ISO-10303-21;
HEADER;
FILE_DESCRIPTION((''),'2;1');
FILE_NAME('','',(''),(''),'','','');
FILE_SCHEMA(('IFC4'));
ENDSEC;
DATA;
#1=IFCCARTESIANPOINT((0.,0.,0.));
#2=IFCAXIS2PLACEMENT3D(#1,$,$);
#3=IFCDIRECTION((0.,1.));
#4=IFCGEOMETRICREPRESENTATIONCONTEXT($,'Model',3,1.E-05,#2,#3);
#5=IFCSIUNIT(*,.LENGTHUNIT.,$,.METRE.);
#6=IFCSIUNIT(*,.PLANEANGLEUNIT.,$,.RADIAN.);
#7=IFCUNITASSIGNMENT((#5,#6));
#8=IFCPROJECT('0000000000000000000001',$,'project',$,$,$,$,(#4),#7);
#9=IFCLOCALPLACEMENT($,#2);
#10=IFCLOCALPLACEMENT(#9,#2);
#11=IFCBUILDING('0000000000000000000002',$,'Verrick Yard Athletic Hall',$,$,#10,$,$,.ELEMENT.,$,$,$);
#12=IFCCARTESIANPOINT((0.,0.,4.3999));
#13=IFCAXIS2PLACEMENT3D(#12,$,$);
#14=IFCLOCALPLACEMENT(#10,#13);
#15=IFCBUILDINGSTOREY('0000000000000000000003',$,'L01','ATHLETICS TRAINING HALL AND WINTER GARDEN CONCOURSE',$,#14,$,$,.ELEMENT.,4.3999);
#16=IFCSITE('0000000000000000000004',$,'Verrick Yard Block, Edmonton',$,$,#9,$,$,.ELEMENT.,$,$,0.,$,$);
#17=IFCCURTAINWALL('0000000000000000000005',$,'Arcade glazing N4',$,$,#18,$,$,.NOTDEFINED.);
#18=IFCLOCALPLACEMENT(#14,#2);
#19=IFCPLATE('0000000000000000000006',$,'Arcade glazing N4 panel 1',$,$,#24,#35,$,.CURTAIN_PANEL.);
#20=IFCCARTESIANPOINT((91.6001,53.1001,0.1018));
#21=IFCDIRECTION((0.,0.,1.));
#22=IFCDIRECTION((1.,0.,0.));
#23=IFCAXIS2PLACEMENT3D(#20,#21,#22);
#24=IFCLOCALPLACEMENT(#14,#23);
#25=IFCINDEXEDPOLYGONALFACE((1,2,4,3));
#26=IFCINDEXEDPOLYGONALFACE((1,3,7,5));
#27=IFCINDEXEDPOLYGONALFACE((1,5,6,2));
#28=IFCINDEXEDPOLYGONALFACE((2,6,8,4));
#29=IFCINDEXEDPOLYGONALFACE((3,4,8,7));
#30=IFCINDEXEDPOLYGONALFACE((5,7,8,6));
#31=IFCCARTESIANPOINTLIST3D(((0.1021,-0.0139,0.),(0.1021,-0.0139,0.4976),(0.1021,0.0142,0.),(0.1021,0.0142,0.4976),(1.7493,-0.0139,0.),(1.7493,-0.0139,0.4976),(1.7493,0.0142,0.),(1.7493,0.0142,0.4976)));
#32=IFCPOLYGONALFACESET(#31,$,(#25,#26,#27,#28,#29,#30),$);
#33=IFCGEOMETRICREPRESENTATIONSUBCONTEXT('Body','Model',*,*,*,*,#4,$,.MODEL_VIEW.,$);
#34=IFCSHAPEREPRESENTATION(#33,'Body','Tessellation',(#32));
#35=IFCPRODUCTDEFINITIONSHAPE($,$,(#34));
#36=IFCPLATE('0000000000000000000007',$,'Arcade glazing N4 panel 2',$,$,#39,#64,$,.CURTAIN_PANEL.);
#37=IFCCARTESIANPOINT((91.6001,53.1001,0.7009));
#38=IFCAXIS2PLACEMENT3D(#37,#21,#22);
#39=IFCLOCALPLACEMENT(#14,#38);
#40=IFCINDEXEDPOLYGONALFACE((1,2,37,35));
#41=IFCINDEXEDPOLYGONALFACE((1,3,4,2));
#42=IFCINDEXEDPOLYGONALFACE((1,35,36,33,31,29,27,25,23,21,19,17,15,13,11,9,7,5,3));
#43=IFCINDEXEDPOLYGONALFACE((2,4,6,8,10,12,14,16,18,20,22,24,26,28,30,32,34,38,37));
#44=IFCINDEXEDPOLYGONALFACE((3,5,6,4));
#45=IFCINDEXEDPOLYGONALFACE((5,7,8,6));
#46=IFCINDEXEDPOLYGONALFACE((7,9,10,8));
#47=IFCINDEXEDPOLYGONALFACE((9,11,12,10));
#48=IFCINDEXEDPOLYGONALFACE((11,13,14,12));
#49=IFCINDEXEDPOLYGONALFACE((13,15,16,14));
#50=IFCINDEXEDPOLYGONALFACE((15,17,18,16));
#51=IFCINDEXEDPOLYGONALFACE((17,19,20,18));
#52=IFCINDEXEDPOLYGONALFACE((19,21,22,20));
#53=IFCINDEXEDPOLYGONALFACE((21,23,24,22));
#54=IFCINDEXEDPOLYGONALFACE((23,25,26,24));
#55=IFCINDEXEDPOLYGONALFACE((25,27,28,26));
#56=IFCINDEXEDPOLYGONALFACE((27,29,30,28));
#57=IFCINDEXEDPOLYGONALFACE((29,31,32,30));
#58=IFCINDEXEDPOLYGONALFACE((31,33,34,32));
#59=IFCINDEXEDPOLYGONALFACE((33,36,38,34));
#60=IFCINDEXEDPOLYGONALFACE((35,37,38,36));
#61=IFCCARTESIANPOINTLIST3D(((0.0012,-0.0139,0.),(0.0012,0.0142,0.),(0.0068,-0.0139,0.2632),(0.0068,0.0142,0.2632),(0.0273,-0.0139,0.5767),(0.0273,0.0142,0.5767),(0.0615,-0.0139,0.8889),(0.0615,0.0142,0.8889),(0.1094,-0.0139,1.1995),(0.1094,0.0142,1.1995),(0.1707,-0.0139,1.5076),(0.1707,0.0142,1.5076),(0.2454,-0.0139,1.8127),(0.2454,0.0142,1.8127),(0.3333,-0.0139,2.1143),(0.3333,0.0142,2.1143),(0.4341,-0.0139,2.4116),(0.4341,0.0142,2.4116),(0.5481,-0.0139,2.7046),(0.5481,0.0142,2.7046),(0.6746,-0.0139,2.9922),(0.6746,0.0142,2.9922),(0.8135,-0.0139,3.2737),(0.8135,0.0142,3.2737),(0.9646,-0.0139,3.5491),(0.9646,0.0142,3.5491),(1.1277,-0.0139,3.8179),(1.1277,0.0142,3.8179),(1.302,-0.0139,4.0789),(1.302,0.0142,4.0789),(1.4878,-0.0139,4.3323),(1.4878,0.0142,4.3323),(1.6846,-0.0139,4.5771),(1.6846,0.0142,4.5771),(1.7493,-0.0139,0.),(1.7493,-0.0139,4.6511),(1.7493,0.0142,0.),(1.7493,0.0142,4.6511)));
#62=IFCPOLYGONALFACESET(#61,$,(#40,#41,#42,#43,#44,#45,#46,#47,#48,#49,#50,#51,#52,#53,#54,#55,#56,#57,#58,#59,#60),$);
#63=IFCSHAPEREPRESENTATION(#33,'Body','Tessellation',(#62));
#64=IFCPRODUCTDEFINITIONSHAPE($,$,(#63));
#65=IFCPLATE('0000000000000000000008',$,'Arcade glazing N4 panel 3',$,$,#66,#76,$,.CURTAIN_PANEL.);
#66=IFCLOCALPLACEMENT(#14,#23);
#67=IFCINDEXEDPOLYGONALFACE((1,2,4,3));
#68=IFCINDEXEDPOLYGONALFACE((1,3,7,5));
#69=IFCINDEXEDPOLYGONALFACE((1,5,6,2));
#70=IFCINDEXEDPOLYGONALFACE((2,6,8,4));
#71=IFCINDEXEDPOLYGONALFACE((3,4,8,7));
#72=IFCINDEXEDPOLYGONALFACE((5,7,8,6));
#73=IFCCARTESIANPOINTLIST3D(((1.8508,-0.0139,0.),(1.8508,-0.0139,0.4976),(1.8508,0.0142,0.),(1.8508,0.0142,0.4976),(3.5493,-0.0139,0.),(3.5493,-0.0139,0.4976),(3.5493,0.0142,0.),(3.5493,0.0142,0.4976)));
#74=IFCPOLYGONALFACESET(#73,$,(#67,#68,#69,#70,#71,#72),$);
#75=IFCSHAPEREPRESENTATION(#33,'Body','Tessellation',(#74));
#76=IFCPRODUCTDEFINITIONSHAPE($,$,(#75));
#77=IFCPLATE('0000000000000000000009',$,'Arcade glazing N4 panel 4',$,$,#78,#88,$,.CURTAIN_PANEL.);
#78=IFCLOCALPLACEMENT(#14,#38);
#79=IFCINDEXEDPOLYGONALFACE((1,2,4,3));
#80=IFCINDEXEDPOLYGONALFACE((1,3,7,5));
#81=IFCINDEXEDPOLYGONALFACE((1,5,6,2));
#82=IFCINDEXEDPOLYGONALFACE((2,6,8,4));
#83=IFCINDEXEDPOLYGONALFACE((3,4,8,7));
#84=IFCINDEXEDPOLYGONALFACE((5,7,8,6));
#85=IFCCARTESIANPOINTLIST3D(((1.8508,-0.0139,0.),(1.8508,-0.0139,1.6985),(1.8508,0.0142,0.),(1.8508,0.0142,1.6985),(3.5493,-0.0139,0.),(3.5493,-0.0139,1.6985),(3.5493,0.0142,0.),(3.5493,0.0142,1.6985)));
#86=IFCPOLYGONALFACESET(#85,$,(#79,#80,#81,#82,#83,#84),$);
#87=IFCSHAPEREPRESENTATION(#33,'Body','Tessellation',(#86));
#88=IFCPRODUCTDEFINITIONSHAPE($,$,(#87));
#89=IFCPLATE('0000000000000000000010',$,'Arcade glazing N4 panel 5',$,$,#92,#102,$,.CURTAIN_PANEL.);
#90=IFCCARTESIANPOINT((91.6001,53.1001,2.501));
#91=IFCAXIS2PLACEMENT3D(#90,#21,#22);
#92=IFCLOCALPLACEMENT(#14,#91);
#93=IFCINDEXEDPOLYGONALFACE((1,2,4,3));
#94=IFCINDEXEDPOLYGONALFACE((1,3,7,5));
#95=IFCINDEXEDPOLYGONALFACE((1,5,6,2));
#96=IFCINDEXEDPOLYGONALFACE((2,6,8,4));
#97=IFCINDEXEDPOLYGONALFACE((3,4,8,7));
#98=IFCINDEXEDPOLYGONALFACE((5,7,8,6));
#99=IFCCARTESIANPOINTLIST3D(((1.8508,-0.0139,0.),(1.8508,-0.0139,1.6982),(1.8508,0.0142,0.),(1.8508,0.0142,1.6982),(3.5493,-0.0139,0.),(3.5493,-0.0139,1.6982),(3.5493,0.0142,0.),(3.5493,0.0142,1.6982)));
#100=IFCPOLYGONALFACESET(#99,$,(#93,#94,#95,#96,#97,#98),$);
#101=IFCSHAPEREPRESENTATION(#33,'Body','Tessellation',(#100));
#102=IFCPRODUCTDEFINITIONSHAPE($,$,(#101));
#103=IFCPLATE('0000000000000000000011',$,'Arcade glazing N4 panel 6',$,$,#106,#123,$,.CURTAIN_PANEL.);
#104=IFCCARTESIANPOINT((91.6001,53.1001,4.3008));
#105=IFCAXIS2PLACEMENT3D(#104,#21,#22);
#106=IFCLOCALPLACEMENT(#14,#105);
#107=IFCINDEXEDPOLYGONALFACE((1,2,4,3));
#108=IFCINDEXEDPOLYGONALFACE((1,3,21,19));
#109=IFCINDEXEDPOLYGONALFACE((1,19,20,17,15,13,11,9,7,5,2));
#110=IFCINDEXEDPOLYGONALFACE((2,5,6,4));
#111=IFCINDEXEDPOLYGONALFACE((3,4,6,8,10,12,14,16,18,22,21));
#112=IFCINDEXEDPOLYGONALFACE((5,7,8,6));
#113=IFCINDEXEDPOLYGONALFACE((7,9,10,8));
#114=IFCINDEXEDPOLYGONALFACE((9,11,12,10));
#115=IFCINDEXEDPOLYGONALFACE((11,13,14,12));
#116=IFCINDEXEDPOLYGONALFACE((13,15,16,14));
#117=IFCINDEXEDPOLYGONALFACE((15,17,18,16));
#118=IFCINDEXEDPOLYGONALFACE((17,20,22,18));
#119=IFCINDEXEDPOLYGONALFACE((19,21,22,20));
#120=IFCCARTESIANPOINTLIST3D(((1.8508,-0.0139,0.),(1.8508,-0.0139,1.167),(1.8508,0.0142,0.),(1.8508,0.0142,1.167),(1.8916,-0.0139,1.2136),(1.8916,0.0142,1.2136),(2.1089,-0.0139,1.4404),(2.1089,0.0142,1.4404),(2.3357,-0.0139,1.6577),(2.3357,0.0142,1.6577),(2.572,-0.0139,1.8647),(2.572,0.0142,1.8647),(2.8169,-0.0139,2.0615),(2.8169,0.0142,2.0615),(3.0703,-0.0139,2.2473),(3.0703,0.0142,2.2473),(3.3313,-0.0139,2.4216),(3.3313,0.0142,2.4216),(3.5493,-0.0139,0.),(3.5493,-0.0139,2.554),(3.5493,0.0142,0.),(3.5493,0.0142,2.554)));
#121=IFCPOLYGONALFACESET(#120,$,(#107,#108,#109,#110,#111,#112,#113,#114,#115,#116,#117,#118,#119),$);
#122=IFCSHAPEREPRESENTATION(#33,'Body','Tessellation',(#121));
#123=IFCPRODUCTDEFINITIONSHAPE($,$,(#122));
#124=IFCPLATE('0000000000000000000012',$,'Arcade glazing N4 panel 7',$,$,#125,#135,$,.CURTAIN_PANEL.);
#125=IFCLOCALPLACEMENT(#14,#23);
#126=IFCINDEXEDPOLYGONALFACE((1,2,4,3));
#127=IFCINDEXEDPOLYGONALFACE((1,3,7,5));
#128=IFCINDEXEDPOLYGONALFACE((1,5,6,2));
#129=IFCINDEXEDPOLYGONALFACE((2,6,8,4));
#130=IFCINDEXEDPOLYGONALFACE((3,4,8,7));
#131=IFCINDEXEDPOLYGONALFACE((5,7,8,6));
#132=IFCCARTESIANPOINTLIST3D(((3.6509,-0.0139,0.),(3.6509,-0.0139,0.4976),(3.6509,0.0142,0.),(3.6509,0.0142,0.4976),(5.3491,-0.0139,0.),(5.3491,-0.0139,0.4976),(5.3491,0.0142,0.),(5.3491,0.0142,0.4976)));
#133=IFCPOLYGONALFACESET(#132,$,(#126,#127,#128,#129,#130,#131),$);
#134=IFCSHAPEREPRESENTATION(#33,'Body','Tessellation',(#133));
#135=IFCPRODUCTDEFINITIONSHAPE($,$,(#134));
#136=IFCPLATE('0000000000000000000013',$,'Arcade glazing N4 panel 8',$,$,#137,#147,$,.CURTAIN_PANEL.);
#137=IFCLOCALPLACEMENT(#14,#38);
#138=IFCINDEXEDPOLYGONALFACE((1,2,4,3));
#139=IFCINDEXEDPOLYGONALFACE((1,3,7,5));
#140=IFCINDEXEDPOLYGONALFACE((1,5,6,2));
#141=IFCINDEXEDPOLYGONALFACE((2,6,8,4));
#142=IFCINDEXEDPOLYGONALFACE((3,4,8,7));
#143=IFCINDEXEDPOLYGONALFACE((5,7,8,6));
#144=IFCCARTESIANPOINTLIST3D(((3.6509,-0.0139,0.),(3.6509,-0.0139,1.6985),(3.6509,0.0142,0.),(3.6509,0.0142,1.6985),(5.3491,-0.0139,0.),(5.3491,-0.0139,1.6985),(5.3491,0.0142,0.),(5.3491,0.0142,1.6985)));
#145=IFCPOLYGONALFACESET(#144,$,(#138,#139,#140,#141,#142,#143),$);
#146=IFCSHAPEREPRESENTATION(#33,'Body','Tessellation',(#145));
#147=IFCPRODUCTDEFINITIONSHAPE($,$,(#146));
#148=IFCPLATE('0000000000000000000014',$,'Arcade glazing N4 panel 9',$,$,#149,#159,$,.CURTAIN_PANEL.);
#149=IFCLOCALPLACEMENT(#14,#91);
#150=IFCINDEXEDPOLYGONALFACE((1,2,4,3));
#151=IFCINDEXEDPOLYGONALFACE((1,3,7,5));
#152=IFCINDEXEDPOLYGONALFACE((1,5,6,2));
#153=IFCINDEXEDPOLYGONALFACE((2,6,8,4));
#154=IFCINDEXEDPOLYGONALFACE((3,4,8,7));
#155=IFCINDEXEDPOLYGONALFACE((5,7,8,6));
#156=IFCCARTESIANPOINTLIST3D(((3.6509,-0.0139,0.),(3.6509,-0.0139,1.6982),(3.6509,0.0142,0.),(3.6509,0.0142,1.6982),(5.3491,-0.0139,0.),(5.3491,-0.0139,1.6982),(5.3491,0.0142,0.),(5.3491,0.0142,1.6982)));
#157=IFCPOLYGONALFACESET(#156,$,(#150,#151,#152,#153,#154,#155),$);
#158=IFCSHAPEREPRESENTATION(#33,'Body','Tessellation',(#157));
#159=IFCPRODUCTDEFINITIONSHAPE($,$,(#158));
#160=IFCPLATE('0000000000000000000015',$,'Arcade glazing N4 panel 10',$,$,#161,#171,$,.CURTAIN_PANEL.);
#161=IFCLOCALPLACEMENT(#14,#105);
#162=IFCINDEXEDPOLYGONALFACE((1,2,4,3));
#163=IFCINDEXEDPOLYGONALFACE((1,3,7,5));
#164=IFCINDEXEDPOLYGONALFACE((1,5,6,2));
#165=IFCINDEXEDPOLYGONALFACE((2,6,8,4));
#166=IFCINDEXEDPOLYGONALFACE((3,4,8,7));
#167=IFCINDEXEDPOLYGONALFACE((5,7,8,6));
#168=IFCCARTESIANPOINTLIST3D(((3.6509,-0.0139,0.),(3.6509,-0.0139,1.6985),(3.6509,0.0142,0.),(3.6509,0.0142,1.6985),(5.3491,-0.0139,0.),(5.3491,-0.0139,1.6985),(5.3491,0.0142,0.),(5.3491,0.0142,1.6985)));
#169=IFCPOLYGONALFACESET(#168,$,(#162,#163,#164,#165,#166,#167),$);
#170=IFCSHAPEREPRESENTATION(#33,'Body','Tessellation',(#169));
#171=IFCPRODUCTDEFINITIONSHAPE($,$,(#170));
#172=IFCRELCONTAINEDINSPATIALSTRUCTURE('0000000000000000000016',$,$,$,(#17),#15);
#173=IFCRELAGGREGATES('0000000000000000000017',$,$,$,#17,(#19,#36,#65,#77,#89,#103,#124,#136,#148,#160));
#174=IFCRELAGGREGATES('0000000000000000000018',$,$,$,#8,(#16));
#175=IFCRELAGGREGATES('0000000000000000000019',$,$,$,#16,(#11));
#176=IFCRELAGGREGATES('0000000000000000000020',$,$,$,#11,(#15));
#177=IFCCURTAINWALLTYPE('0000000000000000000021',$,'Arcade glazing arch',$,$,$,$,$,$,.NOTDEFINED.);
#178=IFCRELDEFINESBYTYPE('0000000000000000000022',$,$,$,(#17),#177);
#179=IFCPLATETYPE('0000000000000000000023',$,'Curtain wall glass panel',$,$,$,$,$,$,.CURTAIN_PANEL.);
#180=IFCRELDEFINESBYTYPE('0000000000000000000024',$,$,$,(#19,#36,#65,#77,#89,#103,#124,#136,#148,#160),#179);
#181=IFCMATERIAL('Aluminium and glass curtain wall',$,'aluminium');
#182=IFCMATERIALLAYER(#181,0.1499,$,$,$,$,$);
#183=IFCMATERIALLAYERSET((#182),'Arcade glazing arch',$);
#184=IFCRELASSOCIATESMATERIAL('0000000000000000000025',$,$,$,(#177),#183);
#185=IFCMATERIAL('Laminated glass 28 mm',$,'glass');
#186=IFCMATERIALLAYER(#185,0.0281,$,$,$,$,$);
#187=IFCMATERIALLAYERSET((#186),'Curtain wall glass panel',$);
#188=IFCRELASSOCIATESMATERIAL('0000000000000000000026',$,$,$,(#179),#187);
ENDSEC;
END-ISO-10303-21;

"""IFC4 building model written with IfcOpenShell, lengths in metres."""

from ifc_helpers import new_model, si_unit, direction, frame, origin, place, context, subcontext, project, spatial, polyline, outline, extrude, material, layer, layer_set, type_object, element, aggregate, save


model = new_model("IFC4")

# Units and contexts
model_context = context("Model", 3, precision=1e-05, world=origin(), true_north=direction((0.0, 1.0)))
body_context = subcontext(model_context, "Body", "Model", "MODEL_VIEW")
ifc_project = project(units=[si_unit("LENGTHUNIT", "METRE"), si_unit("PLANEANGLEUNIT", "RADIAN")], contexts=[model_context])

# Site, building, storey
site_placement = place(None, origin())
site = spatial("IfcSite", under=ifc_project, at=site_placement, Name="Verrick Yard Block, Edmonton", CompositionType="ELEMENT", RefElevation=0.0)
building_placement = place(site_placement, origin())
building = spatial("IfcBuilding", under=site, at=building_placement, Name="Verrick Yard Athletic Hall", CompositionType="ELEMENT")
storey_placement = place(building_placement, frame((0.0, 0.0, 4.3999)))
storey = spatial("IfcBuildingStorey", under=building, at=storey_placement, Name="L01", Description="ATHLETICS TRAINING HALL AND WINTER GARDEN CONCOURSE", CompositionType="ELEMENT", Elevation=4.3999)

# Curtain wall, plates
ifc_material_1 = material(Name="Aluminium and glass curtain wall", Category="aluminium")
ifc_layer_1 = layer(ifc_material_1, 0.1499)
ifc_layer_set_1 = layer_set([ifc_layer_1], Name="Arcade glazing arch")
curtain_wall_type = type_object("IfcCurtainWallType", Name="Arcade glazing arch", PredefinedType="NOTDEFINED", material=ifc_layer_set_1)
curtain_wall_placement = place(storey_placement, origin())
curtain_wall = element("IfcCurtainWall", 1, at=curtain_wall_placement, inside=storey, type_object=curtain_wall_type, Name="Arcade glazing N4", PredefinedType="NOTDEFINED")
ifc_material_2 = material(Name="Laminated glass 28 mm", Category="glass")
ifc_layer_2 = layer(ifc_material_2, 0.0281)
ifc_layer_set_2 = layer_set([ifc_layer_2], Name="Curtain wall glass panel")
plate_type = type_object("IfcPlateType", Name="Curtain wall glass panel", PredefinedType="CURTAIN_PANEL", material=ifc_layer_set_2)
plate_1_placement = place(storey_placement, frame((91.6001, 53.1001, 0.1018), z_axis=(0.0, 0.0, 1.0), x_axis=(1.0, 0.0, 0.0)))
plate_1 = element("IfcPlate", 2, at=plate_1_placement, type_object=plate_type, Name="Arcade glazing N4 panel 1", PredefinedType="CURTAIN_PANEL", context=body_context, shape_type="SweptSolid", body=[
    extrude(outline(polyline([(1.7493, 0.0), (1.7493, 0.4976), (0.1021, 0.4976), (0.1021, 0.0), (1.7493, 0.0)])), frame((0.0, 0.0142, 0.0), z_axis=(0.0, -1.0, 0.0), x_axis=(1.0, 0.0, 0.0)), (0.0, 0.0, 1.0), 0.0281),
])
plate_2_placement = place(storey_placement, frame((91.6001, 53.1001, 0.7009), z_axis=(0.0, 0.0, 1.0), x_axis=(1.0, 0.0, 0.0)))
plate_2 = element("IfcPlate", 3, at=plate_2_placement, type_object=plate_type, Name="Arcade glazing N4 panel 2", PredefinedType="CURTAIN_PANEL", context=body_context, shape_type="SweptSolid", body=[
    extrude(outline(polyline([(1.7493, 4.6511), (1.6846, 4.5771), (1.4878, 4.3323), (1.302, 4.0789), (1.1277, 3.8179), (0.9646, 3.5491), (0.8135, 3.2737), (0.6746, 2.9922), (0.5481, 2.7046), (0.4341, 2.4116), (0.3333, 2.1143), (0.2454, 1.8127), (0.1707, 1.5076), (0.1094, 1.1995), (0.0615, 0.8889), (0.0273, 0.5767), (0.0068, 0.2632), (0.0012, 0.0), (1.7493, 0.0), (1.7493, 4.6511)])), frame((0.0, 0.0142, 0.0), z_axis=(0.0, -1.0, 0.0), x_axis=(1.0, 0.0, 0.0)), (0.0, 0.0, 1.0), 0.0281),
])
plate_3_placement = place(storey_placement, frame((91.6001, 53.1001, 0.1018), z_axis=(0.0, 0.0, 1.0), x_axis=(1.0, 0.0, 0.0)))
plate_3 = element("IfcPlate", 4, at=plate_3_placement, type_object=plate_type, Name="Arcade glazing N4 panel 3", PredefinedType="CURTAIN_PANEL", context=body_context, shape_type="SweptSolid", body=[
    extrude(outline(polyline([(3.5493, 0.0), (3.5493, 0.4976), (1.8508, 0.4976), (1.8508, 0.0), (3.5493, 0.0)])), frame((0.0, 0.0142, 0.0), z_axis=(0.0, -1.0, 0.0), x_axis=(1.0, 0.0, 0.0)), (0.0, 0.0, 1.0), 0.0281),
])
plate_4_placement = place(storey_placement, frame((91.6001, 53.1001, 0.7009), z_axis=(0.0, 0.0, 1.0), x_axis=(1.0, 0.0, 0.0)))
plate_4 = element("IfcPlate", 5, at=plate_4_placement, type_object=plate_type, Name="Arcade glazing N4 panel 4", PredefinedType="CURTAIN_PANEL", context=body_context, shape_type="SweptSolid", body=[
    extrude(outline(polyline([(3.5493, 0.0), (3.5493, 1.6985), (1.8508, 1.6985), (1.8508, 0.0), (3.5493, 0.0)])), frame((0.0, 0.0142, 0.0), z_axis=(0.0, -1.0, 0.0), x_axis=(1.0, 0.0, 0.0)), (0.0, 0.0, 1.0), 0.0281),
])
plate_5_placement = place(storey_placement, frame((91.6001, 53.1001, 2.501), z_axis=(0.0, 0.0, 1.0), x_axis=(1.0, 0.0, 0.0)))
plate_5 = element("IfcPlate", 6, at=plate_5_placement, type_object=plate_type, Name="Arcade glazing N4 panel 5", PredefinedType="CURTAIN_PANEL", context=body_context, shape_type="SweptSolid", body=[
    extrude(outline(polyline([(3.5493, 0.0), (3.5493, 1.6982), (1.8508, 1.6982), (1.8508, 0.0), (3.5493, 0.0)])), frame((0.0, 0.0142, 0.0), z_axis=(0.0, -1.0, 0.0), x_axis=(1.0, 0.0, 0.0)), (0.0, 0.0, 1.0), 0.0281),
])
plate_6_placement = place(storey_placement, frame((91.6001, 53.1001, 4.3008), z_axis=(0.0, 0.0, 1.0), x_axis=(1.0, 0.0, 0.0)))
plate_6 = element("IfcPlate", 7, at=plate_6_placement, type_object=plate_type, Name="Arcade glazing N4 panel 6", PredefinedType="CURTAIN_PANEL", context=body_context, shape_type="SweptSolid", body=[
    extrude(outline(polyline([(3.5493, 2.554), (3.3313, 2.4216), (3.0703, 2.2473), (2.8169, 2.0615), (2.572, 1.8647), (2.3357, 1.6577), (2.1089, 1.4404), (1.8916, 1.2136), (1.8508, 1.167), (1.8508, 0.0), (3.5493, 0.0), (3.5493, 2.554)])), frame((0.0, 0.0142, 0.0), z_axis=(0.0, -1.0, 0.0), x_axis=(1.0, 0.0, 0.0)), (0.0, 0.0, 1.0), 0.0281),
])
plate_7_placement = place(storey_placement, frame((91.6001, 53.1001, 0.1018), z_axis=(0.0, 0.0, 1.0), x_axis=(1.0, 0.0, 0.0)))
plate_7 = element("IfcPlate", 8, at=plate_7_placement, type_object=plate_type, Name="Arcade glazing N4 panel 7", PredefinedType="CURTAIN_PANEL", context=body_context, shape_type="SweptSolid", body=[
    extrude(outline(polyline([(5.3491, 0.0), (5.3491, 0.4976), (3.6509, 0.4976), (3.6509, 0.0), (5.3491, 0.0)])), frame((0.0, 0.0142, 0.0), z_axis=(0.0, -1.0, 0.0), x_axis=(1.0, 0.0, 0.0)), (0.0, 0.0, 1.0), 0.0281),
])
plate_8_placement = place(storey_placement, frame((91.6001, 53.1001, 0.7009), z_axis=(0.0, 0.0, 1.0), x_axis=(1.0, 0.0, 0.0)))
plate_8 = element("IfcPlate", 9, at=plate_8_placement, type_object=plate_type, Name="Arcade glazing N4 panel 8", PredefinedType="CURTAIN_PANEL", context=body_context, shape_type="SweptSolid", body=[
    extrude(outline(polyline([(5.3491, 0.0), (5.3491, 1.6985), (3.6509, 1.6985), (3.6509, 0.0), (5.3491, 0.0)])), frame((0.0, 0.0142, 0.0), z_axis=(0.0, -1.0, 0.0), x_axis=(1.0, 0.0, 0.0)), (0.0, 0.0, 1.0), 0.0281),
])
plate_9_placement = place(storey_placement, frame((91.6001, 53.1001, 2.501), z_axis=(0.0, 0.0, 1.0), x_axis=(1.0, 0.0, 0.0)))
plate_9 = element("IfcPlate", 10, at=plate_9_placement, type_object=plate_type, Name="Arcade glazing N4 panel 9", PredefinedType="CURTAIN_PANEL", context=body_context, shape_type="SweptSolid", body=[
    extrude(outline(polyline([(5.3491, 0.0), (5.3491, 1.6982), (3.6509, 1.6982), (3.6509, 0.0), (5.3491, 0.0)])), frame((0.0, 0.0142, 0.0), z_axis=(0.0, -1.0, 0.0), x_axis=(1.0, 0.0, 0.0)), (0.0, 0.0, 1.0), 0.0281),
])
plate_10_placement = place(storey_placement, frame((91.6001, 53.1001, 4.3008), z_axis=(0.0, 0.0, 1.0), x_axis=(1.0, 0.0, 0.0)))
plate_10 = element("IfcPlate", 11, at=plate_10_placement, type_object=plate_type, Name="Arcade glazing N4 panel 10", PredefinedType="CURTAIN_PANEL", context=body_context, shape_type="SweptSolid", body=[
    extrude(outline(polyline([(5.3491, 0.0), (5.3491, 1.6985), (3.6509, 1.6985), (3.6509, 0.0), (5.3491, 0.0)])), frame((0.0, 0.0142, 0.0), z_axis=(0.0, -1.0, 0.0), x_axis=(1.0, 0.0, 0.0)), (0.0, 0.0, 1.0), 0.0281),
])
aggregate(curtain_wall, [plate_1, plate_2, plate_3, plate_4, plate_5, plate_6, plate_7, plate_8, plate_9, plate_10])

save(model, "model.ifc")
